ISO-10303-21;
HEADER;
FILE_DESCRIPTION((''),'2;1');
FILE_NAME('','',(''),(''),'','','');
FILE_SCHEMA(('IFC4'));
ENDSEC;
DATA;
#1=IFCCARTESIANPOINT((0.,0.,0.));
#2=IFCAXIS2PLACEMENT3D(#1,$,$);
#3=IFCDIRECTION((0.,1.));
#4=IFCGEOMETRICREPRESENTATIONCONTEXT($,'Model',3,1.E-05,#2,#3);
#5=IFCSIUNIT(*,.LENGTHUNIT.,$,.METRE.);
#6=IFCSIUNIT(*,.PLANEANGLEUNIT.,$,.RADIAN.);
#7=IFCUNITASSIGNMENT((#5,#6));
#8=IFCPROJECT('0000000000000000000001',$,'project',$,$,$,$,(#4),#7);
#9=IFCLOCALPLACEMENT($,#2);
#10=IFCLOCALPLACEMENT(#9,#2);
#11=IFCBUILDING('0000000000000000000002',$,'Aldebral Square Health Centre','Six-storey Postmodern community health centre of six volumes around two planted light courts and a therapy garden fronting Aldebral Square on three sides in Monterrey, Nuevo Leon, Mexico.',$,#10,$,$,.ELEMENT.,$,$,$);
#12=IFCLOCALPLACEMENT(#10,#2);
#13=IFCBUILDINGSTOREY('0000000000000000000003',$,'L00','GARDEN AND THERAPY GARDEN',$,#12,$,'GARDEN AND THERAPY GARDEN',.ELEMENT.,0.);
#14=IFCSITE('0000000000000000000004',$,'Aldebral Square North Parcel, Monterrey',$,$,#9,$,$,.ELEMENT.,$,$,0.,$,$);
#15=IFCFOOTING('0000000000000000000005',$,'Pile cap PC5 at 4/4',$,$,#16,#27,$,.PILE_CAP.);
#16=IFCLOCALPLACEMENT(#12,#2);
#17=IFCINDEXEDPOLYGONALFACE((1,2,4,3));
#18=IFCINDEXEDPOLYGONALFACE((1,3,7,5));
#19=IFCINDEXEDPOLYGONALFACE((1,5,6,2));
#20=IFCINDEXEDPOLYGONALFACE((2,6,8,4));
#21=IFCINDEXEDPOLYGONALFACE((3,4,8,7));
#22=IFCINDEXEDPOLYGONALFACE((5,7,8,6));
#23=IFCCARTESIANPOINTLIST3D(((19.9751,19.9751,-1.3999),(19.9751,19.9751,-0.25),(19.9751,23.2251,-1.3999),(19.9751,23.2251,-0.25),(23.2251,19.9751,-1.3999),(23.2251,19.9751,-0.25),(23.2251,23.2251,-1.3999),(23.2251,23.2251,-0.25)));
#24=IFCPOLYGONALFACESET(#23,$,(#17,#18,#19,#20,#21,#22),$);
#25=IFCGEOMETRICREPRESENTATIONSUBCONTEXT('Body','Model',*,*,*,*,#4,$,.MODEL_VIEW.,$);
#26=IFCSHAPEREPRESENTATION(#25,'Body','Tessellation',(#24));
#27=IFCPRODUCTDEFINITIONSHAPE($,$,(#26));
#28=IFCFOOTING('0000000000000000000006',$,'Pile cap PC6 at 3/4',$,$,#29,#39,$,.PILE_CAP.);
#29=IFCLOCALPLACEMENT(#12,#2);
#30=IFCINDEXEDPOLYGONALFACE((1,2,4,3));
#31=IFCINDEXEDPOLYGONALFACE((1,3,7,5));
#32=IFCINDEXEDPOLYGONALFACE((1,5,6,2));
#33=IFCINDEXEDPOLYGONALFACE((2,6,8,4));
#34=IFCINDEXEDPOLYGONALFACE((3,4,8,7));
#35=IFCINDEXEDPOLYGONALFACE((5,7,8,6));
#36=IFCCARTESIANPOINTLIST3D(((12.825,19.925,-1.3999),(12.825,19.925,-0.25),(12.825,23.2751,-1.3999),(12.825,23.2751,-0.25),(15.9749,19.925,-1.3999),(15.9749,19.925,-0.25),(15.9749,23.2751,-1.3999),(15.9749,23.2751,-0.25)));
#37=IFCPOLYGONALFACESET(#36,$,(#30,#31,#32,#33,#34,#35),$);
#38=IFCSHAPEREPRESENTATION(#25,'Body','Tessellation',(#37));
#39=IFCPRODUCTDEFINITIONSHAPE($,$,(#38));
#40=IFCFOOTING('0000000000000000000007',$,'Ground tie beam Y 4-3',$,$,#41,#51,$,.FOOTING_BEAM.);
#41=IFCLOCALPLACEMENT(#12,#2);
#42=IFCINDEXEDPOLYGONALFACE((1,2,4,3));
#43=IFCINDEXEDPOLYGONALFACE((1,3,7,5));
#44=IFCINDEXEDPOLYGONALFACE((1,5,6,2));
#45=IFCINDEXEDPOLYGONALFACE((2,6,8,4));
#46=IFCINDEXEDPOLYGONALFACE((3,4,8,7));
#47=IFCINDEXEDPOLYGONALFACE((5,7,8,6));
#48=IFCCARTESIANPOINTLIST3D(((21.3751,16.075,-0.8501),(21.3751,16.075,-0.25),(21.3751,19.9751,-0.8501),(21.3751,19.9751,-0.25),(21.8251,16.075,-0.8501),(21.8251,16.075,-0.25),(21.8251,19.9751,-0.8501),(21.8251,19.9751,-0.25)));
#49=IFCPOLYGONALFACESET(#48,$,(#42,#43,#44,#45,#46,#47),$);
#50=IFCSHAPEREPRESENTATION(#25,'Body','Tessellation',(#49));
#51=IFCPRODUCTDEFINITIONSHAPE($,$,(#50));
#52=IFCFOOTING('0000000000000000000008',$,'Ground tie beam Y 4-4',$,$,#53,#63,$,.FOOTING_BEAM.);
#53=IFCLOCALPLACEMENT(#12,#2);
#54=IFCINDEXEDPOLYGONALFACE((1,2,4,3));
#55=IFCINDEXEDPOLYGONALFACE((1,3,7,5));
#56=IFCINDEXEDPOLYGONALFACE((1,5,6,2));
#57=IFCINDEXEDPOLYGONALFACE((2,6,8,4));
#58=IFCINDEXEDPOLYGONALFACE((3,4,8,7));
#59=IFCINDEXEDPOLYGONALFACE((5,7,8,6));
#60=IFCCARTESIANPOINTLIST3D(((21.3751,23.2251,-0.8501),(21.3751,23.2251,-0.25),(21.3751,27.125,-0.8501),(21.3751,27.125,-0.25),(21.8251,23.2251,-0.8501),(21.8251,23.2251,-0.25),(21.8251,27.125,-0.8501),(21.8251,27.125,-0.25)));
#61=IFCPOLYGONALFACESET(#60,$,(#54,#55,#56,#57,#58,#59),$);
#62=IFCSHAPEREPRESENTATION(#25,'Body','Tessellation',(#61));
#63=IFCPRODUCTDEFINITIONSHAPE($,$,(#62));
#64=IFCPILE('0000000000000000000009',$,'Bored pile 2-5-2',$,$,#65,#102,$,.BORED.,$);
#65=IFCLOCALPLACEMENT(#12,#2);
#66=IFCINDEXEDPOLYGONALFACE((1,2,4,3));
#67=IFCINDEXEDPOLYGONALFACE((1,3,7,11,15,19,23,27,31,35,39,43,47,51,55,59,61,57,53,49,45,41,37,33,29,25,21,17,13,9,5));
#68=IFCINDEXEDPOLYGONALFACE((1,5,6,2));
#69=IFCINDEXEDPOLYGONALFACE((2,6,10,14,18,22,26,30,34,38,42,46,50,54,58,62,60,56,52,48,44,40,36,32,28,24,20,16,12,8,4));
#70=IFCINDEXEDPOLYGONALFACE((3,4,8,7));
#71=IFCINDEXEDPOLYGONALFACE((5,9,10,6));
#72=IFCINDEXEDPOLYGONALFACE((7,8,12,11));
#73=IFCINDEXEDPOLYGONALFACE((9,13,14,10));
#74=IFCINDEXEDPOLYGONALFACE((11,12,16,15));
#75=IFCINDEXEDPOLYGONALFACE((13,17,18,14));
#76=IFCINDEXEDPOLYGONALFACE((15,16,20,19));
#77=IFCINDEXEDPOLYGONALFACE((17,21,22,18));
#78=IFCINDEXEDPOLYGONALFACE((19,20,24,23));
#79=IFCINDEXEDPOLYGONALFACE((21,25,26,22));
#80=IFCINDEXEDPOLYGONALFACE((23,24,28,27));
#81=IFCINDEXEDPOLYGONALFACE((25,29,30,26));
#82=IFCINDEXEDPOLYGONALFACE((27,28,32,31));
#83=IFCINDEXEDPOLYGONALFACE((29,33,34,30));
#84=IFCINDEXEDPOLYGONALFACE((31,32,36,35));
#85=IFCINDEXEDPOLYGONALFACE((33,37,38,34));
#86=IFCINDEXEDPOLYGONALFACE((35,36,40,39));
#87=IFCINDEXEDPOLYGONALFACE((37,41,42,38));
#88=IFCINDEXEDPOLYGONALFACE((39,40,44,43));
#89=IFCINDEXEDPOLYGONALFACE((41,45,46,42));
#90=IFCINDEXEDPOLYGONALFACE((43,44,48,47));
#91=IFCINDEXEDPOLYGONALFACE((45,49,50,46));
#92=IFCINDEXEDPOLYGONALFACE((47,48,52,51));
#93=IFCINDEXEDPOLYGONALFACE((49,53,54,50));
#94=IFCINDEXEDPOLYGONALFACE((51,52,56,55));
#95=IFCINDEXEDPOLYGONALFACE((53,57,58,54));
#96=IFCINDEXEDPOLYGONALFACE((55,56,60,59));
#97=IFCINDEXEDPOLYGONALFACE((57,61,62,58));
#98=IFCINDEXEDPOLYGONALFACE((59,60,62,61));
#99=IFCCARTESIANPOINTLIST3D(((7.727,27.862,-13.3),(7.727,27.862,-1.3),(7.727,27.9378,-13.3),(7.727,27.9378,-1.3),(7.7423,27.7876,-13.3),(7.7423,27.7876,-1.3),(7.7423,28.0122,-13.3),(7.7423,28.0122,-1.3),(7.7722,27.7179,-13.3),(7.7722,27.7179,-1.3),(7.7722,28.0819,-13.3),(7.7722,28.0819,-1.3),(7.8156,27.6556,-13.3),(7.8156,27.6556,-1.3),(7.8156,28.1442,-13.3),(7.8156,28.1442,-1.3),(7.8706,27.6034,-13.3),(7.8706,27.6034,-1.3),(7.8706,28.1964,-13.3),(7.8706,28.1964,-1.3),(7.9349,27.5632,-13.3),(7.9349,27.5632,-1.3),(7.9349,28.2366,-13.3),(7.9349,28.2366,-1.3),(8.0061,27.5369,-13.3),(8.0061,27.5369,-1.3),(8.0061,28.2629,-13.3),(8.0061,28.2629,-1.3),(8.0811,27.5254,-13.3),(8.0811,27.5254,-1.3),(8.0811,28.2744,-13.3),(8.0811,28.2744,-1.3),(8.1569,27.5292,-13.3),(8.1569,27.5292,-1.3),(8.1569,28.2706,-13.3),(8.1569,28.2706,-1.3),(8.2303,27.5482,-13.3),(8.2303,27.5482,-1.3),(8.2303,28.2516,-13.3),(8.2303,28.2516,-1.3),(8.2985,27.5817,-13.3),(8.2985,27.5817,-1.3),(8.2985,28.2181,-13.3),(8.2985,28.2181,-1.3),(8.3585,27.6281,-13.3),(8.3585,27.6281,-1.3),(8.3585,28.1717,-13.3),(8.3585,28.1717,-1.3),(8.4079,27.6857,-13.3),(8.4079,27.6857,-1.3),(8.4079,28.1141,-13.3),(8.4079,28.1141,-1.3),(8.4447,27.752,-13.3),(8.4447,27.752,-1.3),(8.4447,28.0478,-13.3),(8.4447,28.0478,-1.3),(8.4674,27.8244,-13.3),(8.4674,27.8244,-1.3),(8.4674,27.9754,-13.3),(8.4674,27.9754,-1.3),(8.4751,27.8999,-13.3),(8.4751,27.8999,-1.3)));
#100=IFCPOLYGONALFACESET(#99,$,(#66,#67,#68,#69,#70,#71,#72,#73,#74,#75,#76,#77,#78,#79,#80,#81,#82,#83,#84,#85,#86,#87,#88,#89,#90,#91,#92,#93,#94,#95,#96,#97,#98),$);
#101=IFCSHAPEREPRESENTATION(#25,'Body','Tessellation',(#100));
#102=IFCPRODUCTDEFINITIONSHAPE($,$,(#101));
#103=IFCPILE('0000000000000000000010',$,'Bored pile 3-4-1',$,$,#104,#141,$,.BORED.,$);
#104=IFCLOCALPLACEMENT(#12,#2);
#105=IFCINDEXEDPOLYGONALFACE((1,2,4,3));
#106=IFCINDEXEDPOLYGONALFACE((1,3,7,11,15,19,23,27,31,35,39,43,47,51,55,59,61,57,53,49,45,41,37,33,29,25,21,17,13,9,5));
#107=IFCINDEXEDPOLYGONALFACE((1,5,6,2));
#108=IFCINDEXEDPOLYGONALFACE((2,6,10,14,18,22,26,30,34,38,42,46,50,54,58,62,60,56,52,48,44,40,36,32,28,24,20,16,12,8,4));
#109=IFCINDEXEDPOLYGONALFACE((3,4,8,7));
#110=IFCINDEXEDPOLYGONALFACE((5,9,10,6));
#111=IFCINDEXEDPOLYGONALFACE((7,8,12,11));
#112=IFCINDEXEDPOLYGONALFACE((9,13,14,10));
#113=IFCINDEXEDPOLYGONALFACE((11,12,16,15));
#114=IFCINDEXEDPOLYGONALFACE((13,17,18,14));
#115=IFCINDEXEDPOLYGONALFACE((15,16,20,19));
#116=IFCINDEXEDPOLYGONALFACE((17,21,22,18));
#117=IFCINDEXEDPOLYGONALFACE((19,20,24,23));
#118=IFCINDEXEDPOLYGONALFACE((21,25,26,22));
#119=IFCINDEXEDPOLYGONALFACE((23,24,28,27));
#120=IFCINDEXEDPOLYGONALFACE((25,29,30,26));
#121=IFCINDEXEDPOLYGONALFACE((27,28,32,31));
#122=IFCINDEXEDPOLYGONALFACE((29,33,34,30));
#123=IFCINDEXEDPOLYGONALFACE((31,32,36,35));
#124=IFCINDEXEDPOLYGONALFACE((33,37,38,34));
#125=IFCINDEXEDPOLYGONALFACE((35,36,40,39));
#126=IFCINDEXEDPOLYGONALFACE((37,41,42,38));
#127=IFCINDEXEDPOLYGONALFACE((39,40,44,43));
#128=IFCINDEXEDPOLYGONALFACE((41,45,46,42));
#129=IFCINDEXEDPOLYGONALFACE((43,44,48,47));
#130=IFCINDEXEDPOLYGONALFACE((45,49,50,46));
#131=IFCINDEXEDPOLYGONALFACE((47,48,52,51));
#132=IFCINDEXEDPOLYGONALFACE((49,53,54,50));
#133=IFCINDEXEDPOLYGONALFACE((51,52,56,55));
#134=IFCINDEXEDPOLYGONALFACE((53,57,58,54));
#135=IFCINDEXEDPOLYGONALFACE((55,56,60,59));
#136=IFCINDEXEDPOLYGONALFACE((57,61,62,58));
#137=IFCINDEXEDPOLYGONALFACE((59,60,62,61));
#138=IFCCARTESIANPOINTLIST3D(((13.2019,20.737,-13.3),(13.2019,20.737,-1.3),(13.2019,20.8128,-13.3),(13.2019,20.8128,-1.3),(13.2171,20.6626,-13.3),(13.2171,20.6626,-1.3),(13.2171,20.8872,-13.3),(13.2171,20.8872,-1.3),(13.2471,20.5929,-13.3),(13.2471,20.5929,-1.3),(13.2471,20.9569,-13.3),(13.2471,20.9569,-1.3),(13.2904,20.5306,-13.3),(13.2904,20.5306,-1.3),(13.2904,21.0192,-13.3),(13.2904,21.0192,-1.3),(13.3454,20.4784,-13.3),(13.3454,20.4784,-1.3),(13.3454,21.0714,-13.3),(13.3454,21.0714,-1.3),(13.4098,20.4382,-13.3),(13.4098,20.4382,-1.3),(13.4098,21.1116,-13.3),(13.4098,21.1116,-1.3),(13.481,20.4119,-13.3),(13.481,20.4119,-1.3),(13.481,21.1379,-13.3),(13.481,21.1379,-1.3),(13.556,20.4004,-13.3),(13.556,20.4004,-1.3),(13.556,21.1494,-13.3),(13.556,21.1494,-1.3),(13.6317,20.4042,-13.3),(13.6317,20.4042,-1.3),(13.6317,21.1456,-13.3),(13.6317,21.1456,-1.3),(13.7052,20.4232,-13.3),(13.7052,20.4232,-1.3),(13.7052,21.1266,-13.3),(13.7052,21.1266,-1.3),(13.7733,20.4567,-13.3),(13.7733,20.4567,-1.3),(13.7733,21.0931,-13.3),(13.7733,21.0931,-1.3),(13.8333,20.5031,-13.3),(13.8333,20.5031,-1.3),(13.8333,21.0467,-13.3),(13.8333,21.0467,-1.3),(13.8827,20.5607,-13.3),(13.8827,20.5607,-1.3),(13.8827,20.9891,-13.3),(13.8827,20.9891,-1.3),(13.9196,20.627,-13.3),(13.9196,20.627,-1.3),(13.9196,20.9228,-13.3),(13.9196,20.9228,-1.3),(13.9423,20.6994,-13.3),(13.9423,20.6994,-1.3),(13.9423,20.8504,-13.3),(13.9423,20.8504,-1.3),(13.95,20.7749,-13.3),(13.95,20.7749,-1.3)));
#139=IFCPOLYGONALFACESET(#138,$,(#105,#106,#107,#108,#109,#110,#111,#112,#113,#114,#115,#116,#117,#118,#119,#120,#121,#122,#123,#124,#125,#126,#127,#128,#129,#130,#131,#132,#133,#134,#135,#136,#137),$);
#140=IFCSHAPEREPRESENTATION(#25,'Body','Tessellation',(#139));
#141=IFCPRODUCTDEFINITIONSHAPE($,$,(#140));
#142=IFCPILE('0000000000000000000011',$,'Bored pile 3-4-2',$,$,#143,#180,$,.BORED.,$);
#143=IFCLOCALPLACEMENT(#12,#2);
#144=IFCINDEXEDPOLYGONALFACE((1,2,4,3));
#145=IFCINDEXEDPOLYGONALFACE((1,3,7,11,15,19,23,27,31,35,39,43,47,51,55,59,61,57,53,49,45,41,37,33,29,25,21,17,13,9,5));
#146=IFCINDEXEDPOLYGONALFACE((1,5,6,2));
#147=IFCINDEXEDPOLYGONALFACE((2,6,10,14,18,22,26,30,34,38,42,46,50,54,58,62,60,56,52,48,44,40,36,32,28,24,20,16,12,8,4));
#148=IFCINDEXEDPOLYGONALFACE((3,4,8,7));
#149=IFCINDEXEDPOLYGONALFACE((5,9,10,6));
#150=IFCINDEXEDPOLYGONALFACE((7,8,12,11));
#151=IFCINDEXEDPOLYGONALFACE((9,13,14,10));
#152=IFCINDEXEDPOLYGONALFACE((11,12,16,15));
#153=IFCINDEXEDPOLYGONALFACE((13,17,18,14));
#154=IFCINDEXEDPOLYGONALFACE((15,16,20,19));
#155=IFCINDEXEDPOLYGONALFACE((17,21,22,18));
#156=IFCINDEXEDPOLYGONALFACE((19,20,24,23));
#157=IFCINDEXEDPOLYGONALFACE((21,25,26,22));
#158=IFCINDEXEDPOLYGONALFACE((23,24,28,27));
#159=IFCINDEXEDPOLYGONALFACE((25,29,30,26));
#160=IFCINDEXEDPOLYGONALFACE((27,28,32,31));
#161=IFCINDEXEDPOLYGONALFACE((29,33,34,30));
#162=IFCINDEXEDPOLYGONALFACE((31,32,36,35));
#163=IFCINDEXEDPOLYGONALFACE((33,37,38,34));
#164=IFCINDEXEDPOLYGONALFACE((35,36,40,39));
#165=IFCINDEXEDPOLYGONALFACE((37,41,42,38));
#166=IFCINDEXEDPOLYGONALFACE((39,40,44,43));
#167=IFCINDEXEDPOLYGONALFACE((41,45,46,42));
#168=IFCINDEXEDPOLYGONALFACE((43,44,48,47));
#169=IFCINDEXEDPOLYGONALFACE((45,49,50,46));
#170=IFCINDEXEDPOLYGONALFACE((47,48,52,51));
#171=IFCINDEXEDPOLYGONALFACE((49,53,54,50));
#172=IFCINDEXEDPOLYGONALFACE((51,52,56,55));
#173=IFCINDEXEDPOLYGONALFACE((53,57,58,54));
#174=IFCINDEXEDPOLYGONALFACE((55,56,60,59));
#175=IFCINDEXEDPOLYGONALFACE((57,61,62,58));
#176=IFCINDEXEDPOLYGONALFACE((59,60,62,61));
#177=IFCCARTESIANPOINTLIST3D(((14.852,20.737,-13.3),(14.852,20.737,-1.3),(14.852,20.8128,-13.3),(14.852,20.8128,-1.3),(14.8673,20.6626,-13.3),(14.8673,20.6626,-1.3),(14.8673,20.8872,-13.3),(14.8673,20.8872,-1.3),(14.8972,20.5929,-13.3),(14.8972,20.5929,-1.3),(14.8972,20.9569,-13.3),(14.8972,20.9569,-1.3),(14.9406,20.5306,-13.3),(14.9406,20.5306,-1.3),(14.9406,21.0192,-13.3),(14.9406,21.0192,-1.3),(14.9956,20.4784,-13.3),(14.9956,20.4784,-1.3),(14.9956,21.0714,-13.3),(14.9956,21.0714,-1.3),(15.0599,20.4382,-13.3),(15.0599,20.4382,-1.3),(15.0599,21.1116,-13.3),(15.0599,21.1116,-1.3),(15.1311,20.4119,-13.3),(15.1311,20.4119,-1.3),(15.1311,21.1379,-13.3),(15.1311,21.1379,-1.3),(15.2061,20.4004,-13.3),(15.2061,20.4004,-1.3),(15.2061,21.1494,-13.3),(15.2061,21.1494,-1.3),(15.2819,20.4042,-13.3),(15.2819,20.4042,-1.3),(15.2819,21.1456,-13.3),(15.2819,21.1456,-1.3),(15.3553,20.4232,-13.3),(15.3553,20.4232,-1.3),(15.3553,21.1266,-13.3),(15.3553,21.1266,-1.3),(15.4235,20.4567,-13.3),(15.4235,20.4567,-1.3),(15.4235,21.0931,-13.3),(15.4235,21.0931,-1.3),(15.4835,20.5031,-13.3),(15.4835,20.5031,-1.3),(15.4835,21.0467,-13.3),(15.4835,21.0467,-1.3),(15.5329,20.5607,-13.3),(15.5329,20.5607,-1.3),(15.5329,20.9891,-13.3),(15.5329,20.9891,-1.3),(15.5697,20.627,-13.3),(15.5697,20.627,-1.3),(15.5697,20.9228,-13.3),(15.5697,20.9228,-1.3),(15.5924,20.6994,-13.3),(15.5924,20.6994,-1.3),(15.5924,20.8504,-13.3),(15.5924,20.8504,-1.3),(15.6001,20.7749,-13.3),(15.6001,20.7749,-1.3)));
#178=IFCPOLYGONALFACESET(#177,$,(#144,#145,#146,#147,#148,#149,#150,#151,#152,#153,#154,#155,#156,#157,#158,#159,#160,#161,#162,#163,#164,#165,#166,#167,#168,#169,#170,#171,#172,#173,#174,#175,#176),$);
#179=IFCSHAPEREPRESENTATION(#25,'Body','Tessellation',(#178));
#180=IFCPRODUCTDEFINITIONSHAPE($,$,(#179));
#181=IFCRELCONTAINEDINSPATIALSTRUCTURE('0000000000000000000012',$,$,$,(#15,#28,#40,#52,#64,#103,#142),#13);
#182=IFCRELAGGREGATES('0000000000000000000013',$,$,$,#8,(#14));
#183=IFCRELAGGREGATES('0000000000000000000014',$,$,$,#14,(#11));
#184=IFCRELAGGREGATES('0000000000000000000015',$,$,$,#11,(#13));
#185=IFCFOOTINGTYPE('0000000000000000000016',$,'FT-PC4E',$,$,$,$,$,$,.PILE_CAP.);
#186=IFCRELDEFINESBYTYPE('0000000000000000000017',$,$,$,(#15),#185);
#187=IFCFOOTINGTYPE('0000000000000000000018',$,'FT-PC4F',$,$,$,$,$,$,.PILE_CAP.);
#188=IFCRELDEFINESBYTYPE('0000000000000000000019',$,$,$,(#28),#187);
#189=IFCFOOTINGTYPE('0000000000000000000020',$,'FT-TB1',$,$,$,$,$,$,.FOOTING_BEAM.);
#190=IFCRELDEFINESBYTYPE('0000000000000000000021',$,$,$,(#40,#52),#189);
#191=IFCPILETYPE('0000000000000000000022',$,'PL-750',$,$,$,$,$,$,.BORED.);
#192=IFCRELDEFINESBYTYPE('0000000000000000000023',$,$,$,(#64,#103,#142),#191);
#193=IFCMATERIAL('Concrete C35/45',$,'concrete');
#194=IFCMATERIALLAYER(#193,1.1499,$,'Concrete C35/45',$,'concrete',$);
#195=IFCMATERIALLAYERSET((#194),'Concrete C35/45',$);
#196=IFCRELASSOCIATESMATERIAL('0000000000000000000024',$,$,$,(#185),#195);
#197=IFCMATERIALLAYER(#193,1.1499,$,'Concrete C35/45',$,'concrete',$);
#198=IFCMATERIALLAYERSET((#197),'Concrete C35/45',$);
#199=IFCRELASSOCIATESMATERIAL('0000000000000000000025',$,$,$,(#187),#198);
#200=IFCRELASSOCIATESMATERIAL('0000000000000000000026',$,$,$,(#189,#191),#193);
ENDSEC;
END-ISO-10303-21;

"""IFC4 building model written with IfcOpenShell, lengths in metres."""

from ifc_helpers import new_model, si_unit, direction, frame, origin, origin_2d, place, context, subcontext, project, spatial, rectangle, circle, extrude, material, layer, layer_set, material_profile, profile_set, type_object, element, save


model = new_model("IFC4")

# Units and contexts
model_context = context("Model", 3, precision=1e-05, world=origin(), true_north=direction((0.0, 1.0)))
body_context = subcontext(model_context, "Body", "Model", "MODEL_VIEW")
ifc_project = project(units=[si_unit("LENGTHUNIT", "METRE"), si_unit("PLANEANGLEUNIT", "RADIAN")], contexts=[model_context])

# Site, building, storey
site_placement = place(None, origin())
site = spatial("IfcSite", under=ifc_project, at=site_placement, Name="Aldebral Square North Parcel, Monterrey", CompositionType="ELEMENT", RefElevation=0.0)
building_placement = place(site_placement, origin())
building = spatial("IfcBuilding", under=site, at=building_placement, Name="Aldebral Square Health Centre", Description="Six-storey Postmodern community health centre of six volumes around two planted light courts and a therapy garden fronting Aldebral Square on three sides in Monterrey, Nuevo Leon, Mexico.", CompositionType="ELEMENT")
storey_placement = place(building_placement, origin())
storey = spatial("IfcBuildingStorey", under=building, at=storey_placement, Name="L00", Description="GARDEN AND THERAPY GARDEN", LongName="GARDEN AND THERAPY GARDEN", CompositionType="ELEMENT", Elevation=0.0)

# Footings
ifc_material_1 = material(Name="Concrete C35/45", Category="concrete")
ifc_layer_1 = layer(ifc_material_1, 1.1499, Name="Concrete C35/45", Category="concrete")
ifc_layer_set_1 = layer_set([ifc_layer_1], Name="Concrete C35/45")
footing_type_1 = type_object("IfcFootingType", Name="FT-PC4E", PredefinedType="PILE_CAP", material=ifc_layer_set_1)
footing_1_placement = place(storey_placement, frame((21.6001, 21.6001, -1.3999), z_axis=(0.0, 0.0, 1.0), x_axis=(1.0, 0.0, 0.0)))
element("IfcFooting", 1, at=footing_1_placement, inside=storey, type_object=footing_type_1, Name="Pile cap PC5 at 4/4", PredefinedType="PILE_CAP", context=body_context, shape_type="SweptSolid", body=[
    extrude(rectangle(XDim=3.25, YDim=3.25, at=origin_2d()), origin(), (0.0, 0.0, 1.0), 1.1499),
])
ifc_layer_2 = layer(ifc_material_1, 1.1499, Name="Concrete C35/45", Category="concrete")
ifc_layer_set_2 = layer_set([ifc_layer_2], Name="Concrete C35/45")
footing_type_2 = type_object("IfcFootingType", Name="FT-PC4F", PredefinedType="PILE_CAP", material=ifc_layer_set_2)
footing_2_placement = place(storey_placement, frame((14.3999, 21.6001, -1.3999), z_axis=(0.0, 0.0, 1.0), x_axis=(1.0, 0.0, 0.0)))
element("IfcFooting", 2, at=footing_2_placement, inside=storey, type_object=footing_type_2, Name="Pile cap PC6 at 3/4", PredefinedType="PILE_CAP", context=body_context, shape_type="SweptSolid", body=[
    extrude(rectangle(XDim=3.1499, YDim=3.3501, at=origin_2d()), origin(), (0.0, 0.0, 1.0), 1.1499),
])
ifc_material_profile_1 = material_profile(ifc_material_1, rectangle(XDim=0.45, YDim=0.6001, at=origin_2d()), Name="RC 450x600")
ifc_profile_set_1 = profile_set([ifc_material_profile_1], Name="Concrete C35/45")
footing_type_3 = type_object("IfcFootingType", Name="FT-TB1", PredefinedType="FOOTING_BEAM", material=ifc_profile_set_1)
footing_3_placement = place(storey_placement, frame((21.6001, 16.075, -0.55), z_axis=(0.0, 1.0, 0.0), x_axis=(-1.0, 0.0, 0.0)))
element("IfcFooting", 3, at=footing_3_placement, inside=storey, type_object=footing_type_3, Name="Ground tie beam Y 4-3", PredefinedType="FOOTING_BEAM", context=body_context, shape_type="SweptSolid", body=[
    extrude(rectangle(XDim=0.45, YDim=0.6001, at=origin_2d()), origin(), (0.0, 0.0, 1.0), 3.9001),
])
footing_4_placement = place(storey_placement, frame((21.6001, 23.2251, -0.55), z_axis=(0.0, 1.0, 0.0), x_axis=(-1.0, 0.0, 0.0)))
element("IfcFooting", 4, at=footing_4_placement, inside=storey, type_object=footing_type_3, Name="Ground tie beam Y 4-4", PredefinedType="FOOTING_BEAM", context=body_context, shape_type="SweptSolid", body=[
    extrude(rectangle(XDim=0.45, YDim=0.6001, at=origin_2d()), origin(), (0.0, 0.0, 1.0), 3.8999),
])

# Piles
ifc_material_profile_2 = material_profile(ifc_material_1, circle(Radius=0.375, at=origin_2d()), Name="PILE D750")
ifc_profile_set_2 = profile_set([ifc_material_profile_2], Name="Concrete C35/45")
pile_type_1 = type_object("IfcPileType", Name="PL-750", PredefinedType="BORED", material=ifc_profile_set_2)
for number, where, z_axis, x_axis, name in (
    (5, (8.1001, 27.8999, -1.3), (0.0, 0.0, -1.0), (1.0, 0.0, 0.0), "Bored pile 2-5-2"),
    (6, (13.575, 20.7749, -1.3), (0.0, 0.0, -1.0), (1.0, 0.0, 0.0), "Bored pile 3-4-1"),
    (7, (15.2251, 20.7749, -1.3), (0.0, 0.0, -1.0), (1.0, 0.0, 0.0), "Bored pile 3-4-2"),
):
    element("IfcPile", number, at=place(storey_placement, frame(where, z_axis=z_axis, x_axis=x_axis)), inside=storey, type_object=pile_type_1, Name=name, PredefinedType="BORED", context=body_context, shape_type="SweptSolid", body=[
        extrude(circle(Radius=0.375, at=origin_2d()), origin(), (0.0, 0.0, 1.0), 12.0),
    ])

save(model, "model.ifc")
